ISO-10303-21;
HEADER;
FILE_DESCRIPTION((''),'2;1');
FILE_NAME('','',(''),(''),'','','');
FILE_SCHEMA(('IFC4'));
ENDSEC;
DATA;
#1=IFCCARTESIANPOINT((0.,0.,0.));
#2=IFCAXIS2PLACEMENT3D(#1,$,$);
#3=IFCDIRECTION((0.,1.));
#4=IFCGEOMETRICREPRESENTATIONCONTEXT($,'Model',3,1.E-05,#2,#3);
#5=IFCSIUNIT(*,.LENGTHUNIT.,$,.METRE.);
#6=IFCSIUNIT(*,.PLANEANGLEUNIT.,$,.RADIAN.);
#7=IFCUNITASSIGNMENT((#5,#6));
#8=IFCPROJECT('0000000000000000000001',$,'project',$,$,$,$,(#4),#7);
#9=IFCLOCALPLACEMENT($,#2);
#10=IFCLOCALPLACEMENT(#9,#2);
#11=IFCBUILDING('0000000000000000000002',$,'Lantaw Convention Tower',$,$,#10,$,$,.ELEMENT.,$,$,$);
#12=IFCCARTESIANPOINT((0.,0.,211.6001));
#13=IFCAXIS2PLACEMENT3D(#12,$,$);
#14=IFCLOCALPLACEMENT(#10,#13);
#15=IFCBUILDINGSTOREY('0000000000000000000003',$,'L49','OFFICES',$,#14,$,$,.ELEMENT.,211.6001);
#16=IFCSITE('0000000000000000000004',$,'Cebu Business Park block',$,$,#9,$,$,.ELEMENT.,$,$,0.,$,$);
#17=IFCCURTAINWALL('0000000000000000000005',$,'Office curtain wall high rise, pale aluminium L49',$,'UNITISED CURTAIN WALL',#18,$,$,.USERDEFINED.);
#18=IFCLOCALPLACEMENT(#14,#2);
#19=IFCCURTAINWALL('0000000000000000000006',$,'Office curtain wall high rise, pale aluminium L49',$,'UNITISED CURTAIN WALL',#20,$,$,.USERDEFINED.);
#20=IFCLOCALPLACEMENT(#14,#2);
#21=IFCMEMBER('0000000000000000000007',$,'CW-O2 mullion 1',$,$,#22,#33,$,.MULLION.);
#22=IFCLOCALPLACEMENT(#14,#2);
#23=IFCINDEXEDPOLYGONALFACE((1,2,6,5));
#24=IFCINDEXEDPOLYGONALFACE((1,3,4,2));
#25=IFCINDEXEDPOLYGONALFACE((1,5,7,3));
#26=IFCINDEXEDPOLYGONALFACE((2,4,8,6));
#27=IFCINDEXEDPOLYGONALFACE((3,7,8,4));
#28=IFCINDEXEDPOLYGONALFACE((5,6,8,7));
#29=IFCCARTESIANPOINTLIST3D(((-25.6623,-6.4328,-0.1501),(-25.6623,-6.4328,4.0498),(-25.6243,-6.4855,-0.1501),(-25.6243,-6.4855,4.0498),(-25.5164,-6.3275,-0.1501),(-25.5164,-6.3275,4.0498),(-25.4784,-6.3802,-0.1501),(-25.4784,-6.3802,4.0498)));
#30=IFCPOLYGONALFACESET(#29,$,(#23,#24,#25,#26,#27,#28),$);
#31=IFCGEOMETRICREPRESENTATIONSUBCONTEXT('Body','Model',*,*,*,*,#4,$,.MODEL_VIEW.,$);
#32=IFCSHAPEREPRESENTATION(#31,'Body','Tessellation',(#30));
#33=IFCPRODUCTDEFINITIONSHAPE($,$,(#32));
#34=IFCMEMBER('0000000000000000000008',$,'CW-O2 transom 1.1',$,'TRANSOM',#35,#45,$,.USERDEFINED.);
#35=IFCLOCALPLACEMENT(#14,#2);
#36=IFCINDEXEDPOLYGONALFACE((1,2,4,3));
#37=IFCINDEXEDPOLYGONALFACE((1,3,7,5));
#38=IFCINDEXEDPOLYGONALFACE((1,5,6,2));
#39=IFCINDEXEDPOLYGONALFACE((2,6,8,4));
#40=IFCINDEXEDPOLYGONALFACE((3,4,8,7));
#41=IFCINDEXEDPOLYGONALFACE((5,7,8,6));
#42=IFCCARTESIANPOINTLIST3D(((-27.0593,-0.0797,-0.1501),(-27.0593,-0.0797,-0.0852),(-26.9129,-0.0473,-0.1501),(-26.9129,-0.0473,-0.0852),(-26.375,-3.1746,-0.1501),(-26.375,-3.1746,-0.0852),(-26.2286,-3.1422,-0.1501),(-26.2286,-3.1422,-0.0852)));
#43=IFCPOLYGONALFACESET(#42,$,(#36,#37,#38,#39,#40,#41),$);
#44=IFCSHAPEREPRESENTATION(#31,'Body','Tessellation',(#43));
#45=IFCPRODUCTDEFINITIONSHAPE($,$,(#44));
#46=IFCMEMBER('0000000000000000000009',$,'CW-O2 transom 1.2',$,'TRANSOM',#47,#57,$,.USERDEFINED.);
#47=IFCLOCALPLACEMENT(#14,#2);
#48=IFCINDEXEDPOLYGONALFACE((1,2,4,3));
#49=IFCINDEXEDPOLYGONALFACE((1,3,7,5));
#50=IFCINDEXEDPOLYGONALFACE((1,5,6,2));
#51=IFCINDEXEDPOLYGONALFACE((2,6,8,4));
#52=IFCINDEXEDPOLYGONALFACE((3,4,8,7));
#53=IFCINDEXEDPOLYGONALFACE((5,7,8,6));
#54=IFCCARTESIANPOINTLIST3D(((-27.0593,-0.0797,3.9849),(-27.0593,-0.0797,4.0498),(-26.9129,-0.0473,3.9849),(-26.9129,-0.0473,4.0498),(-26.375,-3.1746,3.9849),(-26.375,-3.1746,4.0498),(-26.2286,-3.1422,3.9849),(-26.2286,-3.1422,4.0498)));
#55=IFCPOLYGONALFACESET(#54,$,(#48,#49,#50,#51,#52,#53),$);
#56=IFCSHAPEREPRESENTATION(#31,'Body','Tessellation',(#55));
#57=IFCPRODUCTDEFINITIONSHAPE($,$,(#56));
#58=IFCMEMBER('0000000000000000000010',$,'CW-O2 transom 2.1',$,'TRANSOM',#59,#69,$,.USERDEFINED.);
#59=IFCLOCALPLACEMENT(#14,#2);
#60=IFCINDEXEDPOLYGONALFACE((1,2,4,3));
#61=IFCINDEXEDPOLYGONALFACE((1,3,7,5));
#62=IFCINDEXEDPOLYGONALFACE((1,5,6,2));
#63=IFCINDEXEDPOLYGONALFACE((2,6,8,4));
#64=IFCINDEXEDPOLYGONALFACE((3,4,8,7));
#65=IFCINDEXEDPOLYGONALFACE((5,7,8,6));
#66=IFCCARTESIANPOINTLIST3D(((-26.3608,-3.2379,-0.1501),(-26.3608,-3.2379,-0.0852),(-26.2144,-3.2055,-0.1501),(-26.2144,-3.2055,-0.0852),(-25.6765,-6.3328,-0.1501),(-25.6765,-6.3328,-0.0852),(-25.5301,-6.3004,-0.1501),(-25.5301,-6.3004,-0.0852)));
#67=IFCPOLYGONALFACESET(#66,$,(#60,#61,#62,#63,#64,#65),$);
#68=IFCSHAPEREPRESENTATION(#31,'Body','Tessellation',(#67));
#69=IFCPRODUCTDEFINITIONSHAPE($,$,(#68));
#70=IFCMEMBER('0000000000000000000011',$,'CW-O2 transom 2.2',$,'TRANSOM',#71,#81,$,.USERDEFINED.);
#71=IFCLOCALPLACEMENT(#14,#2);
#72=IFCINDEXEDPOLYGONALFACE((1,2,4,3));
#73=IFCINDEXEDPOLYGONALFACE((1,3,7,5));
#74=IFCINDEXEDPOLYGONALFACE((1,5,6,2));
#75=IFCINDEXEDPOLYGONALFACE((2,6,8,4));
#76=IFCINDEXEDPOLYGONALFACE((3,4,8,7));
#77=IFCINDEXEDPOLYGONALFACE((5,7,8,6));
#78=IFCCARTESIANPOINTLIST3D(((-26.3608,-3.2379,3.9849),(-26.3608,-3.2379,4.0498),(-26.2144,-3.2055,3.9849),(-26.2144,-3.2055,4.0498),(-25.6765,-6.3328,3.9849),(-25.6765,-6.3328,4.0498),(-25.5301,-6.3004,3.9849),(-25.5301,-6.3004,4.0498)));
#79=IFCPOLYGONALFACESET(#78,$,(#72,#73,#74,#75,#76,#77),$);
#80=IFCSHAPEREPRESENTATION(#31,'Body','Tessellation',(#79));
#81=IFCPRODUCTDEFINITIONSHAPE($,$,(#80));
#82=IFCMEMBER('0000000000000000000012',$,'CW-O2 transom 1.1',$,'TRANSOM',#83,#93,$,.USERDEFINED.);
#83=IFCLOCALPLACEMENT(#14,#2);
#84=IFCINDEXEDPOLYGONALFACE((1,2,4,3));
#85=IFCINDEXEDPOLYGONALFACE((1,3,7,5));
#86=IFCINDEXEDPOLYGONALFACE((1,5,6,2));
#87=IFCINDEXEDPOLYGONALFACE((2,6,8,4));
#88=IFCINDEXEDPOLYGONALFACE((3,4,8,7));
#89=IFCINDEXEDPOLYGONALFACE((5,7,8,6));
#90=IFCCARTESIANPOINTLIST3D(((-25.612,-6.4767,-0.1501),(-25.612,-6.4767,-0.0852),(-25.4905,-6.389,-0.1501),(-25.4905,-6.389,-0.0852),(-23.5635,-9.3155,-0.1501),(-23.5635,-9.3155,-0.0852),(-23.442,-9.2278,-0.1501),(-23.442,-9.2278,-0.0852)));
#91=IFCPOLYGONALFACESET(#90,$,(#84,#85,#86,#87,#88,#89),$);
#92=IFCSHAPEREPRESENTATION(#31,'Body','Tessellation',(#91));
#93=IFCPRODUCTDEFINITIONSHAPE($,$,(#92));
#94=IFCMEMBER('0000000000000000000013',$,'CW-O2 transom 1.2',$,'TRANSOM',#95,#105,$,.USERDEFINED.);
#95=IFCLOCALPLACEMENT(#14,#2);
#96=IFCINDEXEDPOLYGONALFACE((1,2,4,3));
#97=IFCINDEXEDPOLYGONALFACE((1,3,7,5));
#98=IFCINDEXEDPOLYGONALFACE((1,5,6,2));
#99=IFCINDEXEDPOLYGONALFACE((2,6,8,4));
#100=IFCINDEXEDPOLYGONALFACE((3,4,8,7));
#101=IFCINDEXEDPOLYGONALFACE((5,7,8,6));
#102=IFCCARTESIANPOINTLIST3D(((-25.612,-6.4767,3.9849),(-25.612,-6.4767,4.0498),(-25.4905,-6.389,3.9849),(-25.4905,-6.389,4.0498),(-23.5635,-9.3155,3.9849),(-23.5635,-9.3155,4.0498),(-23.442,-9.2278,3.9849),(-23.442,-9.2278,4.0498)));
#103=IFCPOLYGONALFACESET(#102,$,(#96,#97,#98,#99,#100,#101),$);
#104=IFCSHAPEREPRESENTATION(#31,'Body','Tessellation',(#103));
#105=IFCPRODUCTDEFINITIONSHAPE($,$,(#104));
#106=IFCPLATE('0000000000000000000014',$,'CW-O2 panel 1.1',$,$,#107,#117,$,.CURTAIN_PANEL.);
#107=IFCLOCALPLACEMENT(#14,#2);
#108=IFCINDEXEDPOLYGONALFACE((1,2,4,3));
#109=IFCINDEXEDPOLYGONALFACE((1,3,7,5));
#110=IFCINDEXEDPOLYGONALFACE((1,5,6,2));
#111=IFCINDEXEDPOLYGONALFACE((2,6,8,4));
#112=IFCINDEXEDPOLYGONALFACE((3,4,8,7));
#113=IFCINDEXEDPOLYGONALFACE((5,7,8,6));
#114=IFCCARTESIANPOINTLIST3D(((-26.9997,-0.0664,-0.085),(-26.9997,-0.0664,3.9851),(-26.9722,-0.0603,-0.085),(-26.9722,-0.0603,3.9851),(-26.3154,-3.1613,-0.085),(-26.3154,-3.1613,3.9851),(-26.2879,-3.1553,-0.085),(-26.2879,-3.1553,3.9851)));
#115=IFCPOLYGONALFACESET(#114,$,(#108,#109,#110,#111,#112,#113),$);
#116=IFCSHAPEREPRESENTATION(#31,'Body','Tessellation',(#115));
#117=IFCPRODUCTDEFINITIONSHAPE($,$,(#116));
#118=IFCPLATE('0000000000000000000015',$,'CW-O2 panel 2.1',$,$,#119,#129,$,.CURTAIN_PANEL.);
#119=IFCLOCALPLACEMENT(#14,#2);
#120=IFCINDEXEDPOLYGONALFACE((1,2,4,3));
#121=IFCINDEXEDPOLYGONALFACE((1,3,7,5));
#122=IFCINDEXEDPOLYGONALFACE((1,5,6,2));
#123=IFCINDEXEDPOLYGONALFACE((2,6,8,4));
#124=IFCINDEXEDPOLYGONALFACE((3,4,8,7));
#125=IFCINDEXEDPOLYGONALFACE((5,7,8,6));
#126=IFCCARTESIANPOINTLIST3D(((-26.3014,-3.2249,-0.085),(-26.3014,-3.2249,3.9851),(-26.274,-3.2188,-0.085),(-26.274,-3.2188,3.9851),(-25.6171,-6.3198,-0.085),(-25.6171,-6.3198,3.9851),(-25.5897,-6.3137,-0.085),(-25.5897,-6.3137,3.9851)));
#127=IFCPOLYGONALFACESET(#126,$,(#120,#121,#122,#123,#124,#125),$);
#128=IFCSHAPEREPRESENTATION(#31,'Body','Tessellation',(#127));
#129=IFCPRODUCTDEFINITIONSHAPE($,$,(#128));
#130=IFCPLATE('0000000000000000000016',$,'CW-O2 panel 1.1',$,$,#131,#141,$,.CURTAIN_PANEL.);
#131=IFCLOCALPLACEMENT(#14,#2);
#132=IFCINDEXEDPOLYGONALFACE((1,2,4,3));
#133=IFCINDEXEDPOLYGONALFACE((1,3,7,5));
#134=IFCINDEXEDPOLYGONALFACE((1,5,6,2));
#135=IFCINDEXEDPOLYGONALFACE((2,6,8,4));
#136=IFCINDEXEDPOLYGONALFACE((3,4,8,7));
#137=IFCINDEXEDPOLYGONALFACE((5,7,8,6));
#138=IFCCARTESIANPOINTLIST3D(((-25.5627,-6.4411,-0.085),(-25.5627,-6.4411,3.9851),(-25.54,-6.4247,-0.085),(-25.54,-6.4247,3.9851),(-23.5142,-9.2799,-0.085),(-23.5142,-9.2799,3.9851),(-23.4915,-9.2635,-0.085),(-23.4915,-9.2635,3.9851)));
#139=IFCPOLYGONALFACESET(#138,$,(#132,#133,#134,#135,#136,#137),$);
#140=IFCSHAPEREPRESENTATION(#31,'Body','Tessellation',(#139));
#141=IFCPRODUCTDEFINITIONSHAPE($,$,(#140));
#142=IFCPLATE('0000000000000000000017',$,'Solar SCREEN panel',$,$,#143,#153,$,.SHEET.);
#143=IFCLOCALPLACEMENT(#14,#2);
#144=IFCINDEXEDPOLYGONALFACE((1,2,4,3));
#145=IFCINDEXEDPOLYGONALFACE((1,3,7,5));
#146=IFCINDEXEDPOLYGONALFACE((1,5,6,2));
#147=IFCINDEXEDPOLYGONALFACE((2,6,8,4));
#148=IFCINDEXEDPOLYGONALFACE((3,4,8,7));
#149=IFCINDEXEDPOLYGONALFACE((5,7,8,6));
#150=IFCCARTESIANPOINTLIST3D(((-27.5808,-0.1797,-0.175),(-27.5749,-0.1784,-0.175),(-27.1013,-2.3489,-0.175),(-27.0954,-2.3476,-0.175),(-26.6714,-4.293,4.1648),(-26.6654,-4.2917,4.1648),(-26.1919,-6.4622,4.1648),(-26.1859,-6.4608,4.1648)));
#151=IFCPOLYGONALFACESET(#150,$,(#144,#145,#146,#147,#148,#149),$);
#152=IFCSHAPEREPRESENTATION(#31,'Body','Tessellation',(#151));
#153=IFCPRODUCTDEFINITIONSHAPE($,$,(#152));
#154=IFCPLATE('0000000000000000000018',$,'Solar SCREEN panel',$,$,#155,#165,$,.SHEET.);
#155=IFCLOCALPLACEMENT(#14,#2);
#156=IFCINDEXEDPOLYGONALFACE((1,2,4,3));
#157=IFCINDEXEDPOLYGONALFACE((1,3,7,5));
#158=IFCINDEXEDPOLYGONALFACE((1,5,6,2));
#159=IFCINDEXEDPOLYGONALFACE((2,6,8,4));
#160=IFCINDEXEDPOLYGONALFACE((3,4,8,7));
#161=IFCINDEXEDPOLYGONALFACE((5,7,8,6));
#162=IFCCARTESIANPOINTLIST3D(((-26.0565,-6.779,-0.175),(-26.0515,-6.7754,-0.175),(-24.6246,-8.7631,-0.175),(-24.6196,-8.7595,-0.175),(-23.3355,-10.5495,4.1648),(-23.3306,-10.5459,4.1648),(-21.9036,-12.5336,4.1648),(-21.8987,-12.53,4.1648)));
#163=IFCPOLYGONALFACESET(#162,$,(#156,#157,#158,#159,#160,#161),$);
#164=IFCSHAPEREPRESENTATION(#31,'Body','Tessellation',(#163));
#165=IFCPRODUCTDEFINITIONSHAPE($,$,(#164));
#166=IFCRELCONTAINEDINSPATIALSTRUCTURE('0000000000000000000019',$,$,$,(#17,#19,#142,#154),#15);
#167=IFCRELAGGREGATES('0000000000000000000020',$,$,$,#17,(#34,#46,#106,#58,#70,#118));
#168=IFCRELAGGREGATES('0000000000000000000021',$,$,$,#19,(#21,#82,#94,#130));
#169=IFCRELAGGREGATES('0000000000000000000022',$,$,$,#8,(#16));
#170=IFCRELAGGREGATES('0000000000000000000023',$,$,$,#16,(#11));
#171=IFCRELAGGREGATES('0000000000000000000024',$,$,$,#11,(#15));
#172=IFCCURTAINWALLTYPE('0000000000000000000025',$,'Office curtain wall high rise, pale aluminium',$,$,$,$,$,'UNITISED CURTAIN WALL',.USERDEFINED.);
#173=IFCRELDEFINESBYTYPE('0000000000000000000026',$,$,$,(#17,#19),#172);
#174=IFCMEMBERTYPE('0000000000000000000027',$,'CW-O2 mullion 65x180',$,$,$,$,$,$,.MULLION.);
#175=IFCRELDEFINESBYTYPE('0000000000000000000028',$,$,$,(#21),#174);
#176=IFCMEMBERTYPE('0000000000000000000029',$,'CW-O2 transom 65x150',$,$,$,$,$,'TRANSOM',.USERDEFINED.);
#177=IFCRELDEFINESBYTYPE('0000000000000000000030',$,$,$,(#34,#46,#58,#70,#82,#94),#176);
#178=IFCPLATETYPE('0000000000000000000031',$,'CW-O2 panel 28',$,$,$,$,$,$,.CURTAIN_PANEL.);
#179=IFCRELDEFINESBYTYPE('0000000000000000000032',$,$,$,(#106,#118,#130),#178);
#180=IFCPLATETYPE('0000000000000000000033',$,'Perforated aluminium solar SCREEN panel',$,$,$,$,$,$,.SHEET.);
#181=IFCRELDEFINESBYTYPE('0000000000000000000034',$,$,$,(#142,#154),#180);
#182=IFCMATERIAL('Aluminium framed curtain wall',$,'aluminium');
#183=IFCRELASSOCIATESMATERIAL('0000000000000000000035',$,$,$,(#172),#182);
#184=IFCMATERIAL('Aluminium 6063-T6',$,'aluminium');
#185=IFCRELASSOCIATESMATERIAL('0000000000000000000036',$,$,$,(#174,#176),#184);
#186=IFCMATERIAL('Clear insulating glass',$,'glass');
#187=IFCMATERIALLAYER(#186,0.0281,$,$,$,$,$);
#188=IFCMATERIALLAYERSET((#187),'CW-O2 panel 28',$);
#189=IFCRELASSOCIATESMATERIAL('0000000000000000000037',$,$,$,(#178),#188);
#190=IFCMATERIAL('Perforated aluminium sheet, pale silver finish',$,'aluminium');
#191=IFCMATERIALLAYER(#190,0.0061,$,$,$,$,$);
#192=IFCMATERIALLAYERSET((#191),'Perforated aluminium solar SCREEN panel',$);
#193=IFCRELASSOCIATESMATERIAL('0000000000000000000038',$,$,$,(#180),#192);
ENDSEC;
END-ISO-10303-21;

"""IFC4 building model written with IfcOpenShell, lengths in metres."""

from ifc_helpers import new_model, si_unit, direction, frame, origin, origin_2d, place, context, subcontext, project, spatial, polyline, rectangle, outline, extrude, material, layer, layer_set, material_profile, profile_set, type_object, element, aggregate, save


model = new_model("IFC4")

# Units and contexts
model_context = context("Model", 3, precision=1e-05, world=origin(), true_north=direction((0.0, 1.0)))
body_context = subcontext(model_context, "Body", "Model", "MODEL_VIEW")
ifc_project = project(units=[si_unit("LENGTHUNIT", "METRE"), si_unit("PLANEANGLEUNIT", "RADIAN")], contexts=[model_context])

# Site, building, storey
site_placement = place(None, origin())
site = spatial("IfcSite", under=ifc_project, at=site_placement, Name="Cebu Business Park block", CompositionType="ELEMENT", RefElevation=0.0)
building_placement = place(site_placement, origin())
building = spatial("IfcBuilding", under=site, at=building_placement, Name="Lantaw Convention Tower", CompositionType="ELEMENT")
storey_placement = place(building_placement, frame((0.0, 0.0, 211.6001)))
storey = spatial("IfcBuildingStorey", under=building, at=storey_placement, Name="L49", Description="OFFICES", CompositionType="ELEMENT", Elevation=211.6001)

# Curtain wall
ifc_material_1 = material(Name="Aluminium framed curtain wall", Category="aluminium")
curtain_wall_type = type_object("IfcCurtainWallType", Name="Office curtain wall high rise, pale aluminium", ElementType="UNITISED CURTAIN WALL", PredefinedType="USERDEFINED", material=ifc_material_1)
curtain_wall_1_placement = place(storey_placement, origin())
curtain_wall_1 = element("IfcCurtainWall", 1, at=curtain_wall_1_placement, inside=storey, type_object=curtain_wall_type, Name="Office curtain wall high rise, pale aluminium L49", ObjectType="UNITISED CURTAIN WALL", PredefinedType="USERDEFINED")
ifc_material_2 = material(Name="Aluminium 6063-T6", Category="aluminium")
ifc_material_profile_1 = material_profile(ifc_material_2, rectangle(XDim=0.1799, YDim=0.0649, at=origin_2d()), Name="CW-O2 mullion 65x180")
ifc_profile_set_1 = profile_set([ifc_material_profile_1], Name="Aluminium 6063-T6")
member_type_1 = type_object("IfcMemberType", Name="CW-O2 mullion 65x180", PredefinedType="MULLION", material=ifc_profile_set_1)

# Curtain wall, member
curtain_wall_2_placement = place(storey_placement, origin())
curtain_wall_2 = element("IfcCurtainWall", 2, at=curtain_wall_2_placement, inside=storey, type_object=curtain_wall_type, Name="Office curtain wall high rise, pale aluminium L49", ObjectType="UNITISED CURTAIN WALL", PredefinedType="USERDEFINED")
member_1_placement = place(storey_placement, frame((-25.5703, -6.4065, -0.1501), z_axis=(0.0, 0.0, 1.0), x_axis=(0.81092, 0.585158, 0.0)))
member_1 = element("IfcMember", 3, at=member_1_placement, type_object=member_type_1, Name="CW-O2 mullion 1", PredefinedType="MULLION", context=body_context, shape_type="SweptSolid", body=[
    extrude(rectangle(XDim=0.1799, YDim=0.0649, at=origin_2d()), origin(), (0.0, 0.0, 1.0), 4.2),
])

# Members
ifc_material_profile_2 = material_profile(ifc_material_2, rectangle(XDim=0.1499, YDim=0.0649, at=origin_2d()), Name="CW-O2 transom 65x150")
ifc_profile_set_2 = profile_set([ifc_material_profile_2], Name="Aluminium 6063-T6")
member_type_2 = type_object("IfcMemberType", Name="CW-O2 transom 65x150", ElementType="TRANSOM", PredefinedType="USERDEFINED", material=ifc_profile_set_2)
member_2_placement = place(storey_placement, frame((-26.9861, -0.0635, -0.1177), z_axis=(0.215895, -0.976417, 0.0), x_axis=(0.976417, 0.215895, 0.0)))
member_2 = element("IfcMember", 4, at=member_2_placement, type_object=member_type_2, Name="CW-O2 transom 1.1", ObjectType="TRANSOM", PredefinedType="USERDEFINED", context=body_context, shape_type="SweptSolid", body=[
    extrude(rectangle(XDim=0.1499, YDim=0.0649, at=origin_2d()), origin(), (0.0, 0.0, 1.0), 3.1697),
])
member_3_placement = place(storey_placement, frame((-26.9861, -0.0635, 4.0173), z_axis=(0.215895, -0.976417, 0.0), x_axis=(0.976417, 0.215895, 0.0)))
member_3 = element("IfcMember", 5, at=member_3_placement, type_object=member_type_2, Name="CW-O2 transom 1.2", ObjectType="TRANSOM", PredefinedType="USERDEFINED", context=body_context, shape_type="SweptSolid", body=[
    extrude(rectangle(XDim=0.1499, YDim=0.0649, at=origin_2d()), origin(), (0.0, 0.0, 1.0), 3.1697),
])
member_4_placement = place(storey_placement, frame((-26.2876, -3.2217, -0.1177), z_axis=(0.215895, -0.976417, 0.0), x_axis=(0.976417, 0.215895, 0.0)))
member_4 = element("IfcMember", 6, at=member_4_placement, type_object=member_type_2, Name="CW-O2 transom 2.1", ObjectType="TRANSOM", PredefinedType="USERDEFINED", context=body_context, shape_type="SweptSolid", body=[
    extrude(rectangle(XDim=0.1499, YDim=0.0649, at=origin_2d()), origin(), (0.0, 0.0, 1.0), 3.1697),
])
member_5_placement = place(storey_placement, frame((-26.2876, -3.2217, 4.0173), z_axis=(0.215895, -0.976417, 0.0), x_axis=(0.976417, 0.215895, 0.0)))
member_5 = element("IfcMember", 7, at=member_5_placement, type_object=member_type_2, Name="CW-O2 transom 2.2", ObjectType="TRANSOM", PredefinedType="USERDEFINED", context=body_context, shape_type="SweptSolid", body=[
    extrude(rectangle(XDim=0.1499, YDim=0.0649, at=origin_2d()), origin(), (0.0, 0.0, 1.0), 3.1697),
])
member_6_placement = place(storey_placement, frame((-25.5513, -6.4329, -0.1177), z_axis=(0.58517, -0.810911, 0.0), x_axis=(0.810911, 0.58517, 0.0)))
member_6 = element("IfcMember", 8, at=member_6_placement, type_object=member_type_2, Name="CW-O2 transom 1.1", ObjectType="TRANSOM", PredefinedType="USERDEFINED", context=body_context, shape_type="SweptSolid", body=[
    extrude(rectangle(XDim=0.1499, YDim=0.0649, at=origin_2d()), origin(), (0.0, 0.0, 1.0), 3.5007),
])
member_7_placement = place(storey_placement, frame((-25.5513, -6.4329, 4.0173), z_axis=(0.58517, -0.810911, 0.0), x_axis=(0.810911, 0.58517, 0.0)))
member_7 = element("IfcMember", 9, at=member_7_placement, type_object=member_type_2, Name="CW-O2 transom 1.2", ObjectType="TRANSOM", PredefinedType="USERDEFINED", context=body_context, shape_type="SweptSolid", body=[
    extrude(rectangle(XDim=0.1499, YDim=0.0649, at=origin_2d()), origin(), (0.0, 0.0, 1.0), 3.5007),
])

# Plates
ifc_material_3 = material(Name="Clear insulating glass", Category="glass")
ifc_layer_1 = layer(ifc_material_3, 0.0281)
ifc_layer_set_1 = layer_set([ifc_layer_1], Name="CW-O2 panel 28")
plate_type_1 = type_object("IfcPlateType", Name="CW-O2 panel 28", PredefinedType="CURTAIN_PANEL", material=ifc_layer_set_1)
plate_1_placement = place(storey_placement, frame((-26.6438, -1.6108, -0.085), z_axis=(0.0, 0.0, 1.0), x_axis=(0.215891, -0.976417, 0.0)))
plate_1 = element("IfcPlate", 10, at=plate_1_placement, type_object=plate_type_1, Name="CW-O2 panel 1.1", PredefinedType="CURTAIN_PANEL", context=body_context, shape_type="SweptSolid", body=[
    extrude(rectangle(XDim=3.1697, YDim=0.0281, at=origin_2d()), origin(), (0.0, 0.0, 1.0), 4.0701),
])
plate_2_placement = place(storey_placement, frame((-25.9456, -4.7693, -0.085), z_axis=(0.0, 0.0, 1.0), x_axis=(0.215891, -0.976417, 0.0)))
plate_2 = element("IfcPlate", 11, at=plate_2_placement, type_object=plate_type_1, Name="CW-O2 panel 2.1", PredefinedType="CURTAIN_PANEL", context=body_context, shape_type="SweptSolid", body=[
    extrude(rectangle(XDim=3.1697, YDim=0.0281, at=origin_2d()), origin(), (0.0, 0.0, 1.0), 4.0701),
])
aggregate(curtain_wall_1, [member_2, member_3, plate_1, member_4, member_5, plate_2])
plate_3_placement = place(storey_placement, frame((-24.5271, -7.8523, -0.085), z_axis=(0.0, 0.0, 1.0), x_axis=(0.585158, -0.81092, 0.0)))
plate_3 = element("IfcPlate", 12, at=plate_3_placement, type_object=plate_type_1, Name="CW-O2 panel 1.1", PredefinedType="CURTAIN_PANEL", context=body_context, shape_type="SweptSolid", body=[
    extrude(rectangle(XDim=3.5007, YDim=0.0281, at=origin_2d()), origin(), (0.0, 0.0, 1.0), 4.0701),
])
aggregate(curtain_wall_2, [member_1, member_6, member_7, plate_3])

# Plates
ifc_material_4 = material(Name="Perforated aluminium sheet, pale silver finish", Category="aluminium")
ifc_layer_2 = layer(ifc_material_4, 0.0061)
ifc_layer_set_2 = layer_set([ifc_layer_2], Name="Perforated aluminium solar SCREEN panel")
plate_type_2 = type_object("IfcPlateType", Name="Perforated aluminium solar SCREEN panel", PredefinedType="SHEET", material=ifc_layer_set_2)
plate_4_placement = place(storey_placement, frame((-27.5808, -0.1797, -0.175), z_axis=(-0.97643, -0.215837, 0.000044), x_axis=(0.215837, -0.97643, 0.0)))
element("IfcPlate", 13, at=plate_4_placement, inside=storey, type_object=plate_type_2, Name="Solar SCREEN panel", PredefinedType="SHEET", context=body_context, shape_type="SweptSolid", body=[
    extrude(outline(polyline([(0.0, 0.0), (2.2216, 0.0), (6.4342, 4.3398), (4.2126, 4.3398), (0.0, 0.0)])), origin(), (0.0, 0.0, -1.0), 0.0061),
])
plate_5_placement = place(storey_placement, frame((-26.0515, -6.7754, -0.175), z_axis=(0.810892, 0.585195, 0.00002), x_axis=(0.585195, -0.810892, 0.0)))
element("IfcPlate", 14, at=plate_5_placement, inside=storey, type_object=plate_type_2, Name="Solar SCREEN panel", PredefinedType="SHEET", context=body_context, shape_type="SweptSolid", body=[
    extrude(outline(polyline([(0.0, 0.0), (2.4468, 0.0), (7.0966, -4.3398), (4.6498, -4.3398), (0.0, 0.0)])), origin(), (0.0, 0.0, -1.0), 0.0061),
])

save(model, "model.ifc")
